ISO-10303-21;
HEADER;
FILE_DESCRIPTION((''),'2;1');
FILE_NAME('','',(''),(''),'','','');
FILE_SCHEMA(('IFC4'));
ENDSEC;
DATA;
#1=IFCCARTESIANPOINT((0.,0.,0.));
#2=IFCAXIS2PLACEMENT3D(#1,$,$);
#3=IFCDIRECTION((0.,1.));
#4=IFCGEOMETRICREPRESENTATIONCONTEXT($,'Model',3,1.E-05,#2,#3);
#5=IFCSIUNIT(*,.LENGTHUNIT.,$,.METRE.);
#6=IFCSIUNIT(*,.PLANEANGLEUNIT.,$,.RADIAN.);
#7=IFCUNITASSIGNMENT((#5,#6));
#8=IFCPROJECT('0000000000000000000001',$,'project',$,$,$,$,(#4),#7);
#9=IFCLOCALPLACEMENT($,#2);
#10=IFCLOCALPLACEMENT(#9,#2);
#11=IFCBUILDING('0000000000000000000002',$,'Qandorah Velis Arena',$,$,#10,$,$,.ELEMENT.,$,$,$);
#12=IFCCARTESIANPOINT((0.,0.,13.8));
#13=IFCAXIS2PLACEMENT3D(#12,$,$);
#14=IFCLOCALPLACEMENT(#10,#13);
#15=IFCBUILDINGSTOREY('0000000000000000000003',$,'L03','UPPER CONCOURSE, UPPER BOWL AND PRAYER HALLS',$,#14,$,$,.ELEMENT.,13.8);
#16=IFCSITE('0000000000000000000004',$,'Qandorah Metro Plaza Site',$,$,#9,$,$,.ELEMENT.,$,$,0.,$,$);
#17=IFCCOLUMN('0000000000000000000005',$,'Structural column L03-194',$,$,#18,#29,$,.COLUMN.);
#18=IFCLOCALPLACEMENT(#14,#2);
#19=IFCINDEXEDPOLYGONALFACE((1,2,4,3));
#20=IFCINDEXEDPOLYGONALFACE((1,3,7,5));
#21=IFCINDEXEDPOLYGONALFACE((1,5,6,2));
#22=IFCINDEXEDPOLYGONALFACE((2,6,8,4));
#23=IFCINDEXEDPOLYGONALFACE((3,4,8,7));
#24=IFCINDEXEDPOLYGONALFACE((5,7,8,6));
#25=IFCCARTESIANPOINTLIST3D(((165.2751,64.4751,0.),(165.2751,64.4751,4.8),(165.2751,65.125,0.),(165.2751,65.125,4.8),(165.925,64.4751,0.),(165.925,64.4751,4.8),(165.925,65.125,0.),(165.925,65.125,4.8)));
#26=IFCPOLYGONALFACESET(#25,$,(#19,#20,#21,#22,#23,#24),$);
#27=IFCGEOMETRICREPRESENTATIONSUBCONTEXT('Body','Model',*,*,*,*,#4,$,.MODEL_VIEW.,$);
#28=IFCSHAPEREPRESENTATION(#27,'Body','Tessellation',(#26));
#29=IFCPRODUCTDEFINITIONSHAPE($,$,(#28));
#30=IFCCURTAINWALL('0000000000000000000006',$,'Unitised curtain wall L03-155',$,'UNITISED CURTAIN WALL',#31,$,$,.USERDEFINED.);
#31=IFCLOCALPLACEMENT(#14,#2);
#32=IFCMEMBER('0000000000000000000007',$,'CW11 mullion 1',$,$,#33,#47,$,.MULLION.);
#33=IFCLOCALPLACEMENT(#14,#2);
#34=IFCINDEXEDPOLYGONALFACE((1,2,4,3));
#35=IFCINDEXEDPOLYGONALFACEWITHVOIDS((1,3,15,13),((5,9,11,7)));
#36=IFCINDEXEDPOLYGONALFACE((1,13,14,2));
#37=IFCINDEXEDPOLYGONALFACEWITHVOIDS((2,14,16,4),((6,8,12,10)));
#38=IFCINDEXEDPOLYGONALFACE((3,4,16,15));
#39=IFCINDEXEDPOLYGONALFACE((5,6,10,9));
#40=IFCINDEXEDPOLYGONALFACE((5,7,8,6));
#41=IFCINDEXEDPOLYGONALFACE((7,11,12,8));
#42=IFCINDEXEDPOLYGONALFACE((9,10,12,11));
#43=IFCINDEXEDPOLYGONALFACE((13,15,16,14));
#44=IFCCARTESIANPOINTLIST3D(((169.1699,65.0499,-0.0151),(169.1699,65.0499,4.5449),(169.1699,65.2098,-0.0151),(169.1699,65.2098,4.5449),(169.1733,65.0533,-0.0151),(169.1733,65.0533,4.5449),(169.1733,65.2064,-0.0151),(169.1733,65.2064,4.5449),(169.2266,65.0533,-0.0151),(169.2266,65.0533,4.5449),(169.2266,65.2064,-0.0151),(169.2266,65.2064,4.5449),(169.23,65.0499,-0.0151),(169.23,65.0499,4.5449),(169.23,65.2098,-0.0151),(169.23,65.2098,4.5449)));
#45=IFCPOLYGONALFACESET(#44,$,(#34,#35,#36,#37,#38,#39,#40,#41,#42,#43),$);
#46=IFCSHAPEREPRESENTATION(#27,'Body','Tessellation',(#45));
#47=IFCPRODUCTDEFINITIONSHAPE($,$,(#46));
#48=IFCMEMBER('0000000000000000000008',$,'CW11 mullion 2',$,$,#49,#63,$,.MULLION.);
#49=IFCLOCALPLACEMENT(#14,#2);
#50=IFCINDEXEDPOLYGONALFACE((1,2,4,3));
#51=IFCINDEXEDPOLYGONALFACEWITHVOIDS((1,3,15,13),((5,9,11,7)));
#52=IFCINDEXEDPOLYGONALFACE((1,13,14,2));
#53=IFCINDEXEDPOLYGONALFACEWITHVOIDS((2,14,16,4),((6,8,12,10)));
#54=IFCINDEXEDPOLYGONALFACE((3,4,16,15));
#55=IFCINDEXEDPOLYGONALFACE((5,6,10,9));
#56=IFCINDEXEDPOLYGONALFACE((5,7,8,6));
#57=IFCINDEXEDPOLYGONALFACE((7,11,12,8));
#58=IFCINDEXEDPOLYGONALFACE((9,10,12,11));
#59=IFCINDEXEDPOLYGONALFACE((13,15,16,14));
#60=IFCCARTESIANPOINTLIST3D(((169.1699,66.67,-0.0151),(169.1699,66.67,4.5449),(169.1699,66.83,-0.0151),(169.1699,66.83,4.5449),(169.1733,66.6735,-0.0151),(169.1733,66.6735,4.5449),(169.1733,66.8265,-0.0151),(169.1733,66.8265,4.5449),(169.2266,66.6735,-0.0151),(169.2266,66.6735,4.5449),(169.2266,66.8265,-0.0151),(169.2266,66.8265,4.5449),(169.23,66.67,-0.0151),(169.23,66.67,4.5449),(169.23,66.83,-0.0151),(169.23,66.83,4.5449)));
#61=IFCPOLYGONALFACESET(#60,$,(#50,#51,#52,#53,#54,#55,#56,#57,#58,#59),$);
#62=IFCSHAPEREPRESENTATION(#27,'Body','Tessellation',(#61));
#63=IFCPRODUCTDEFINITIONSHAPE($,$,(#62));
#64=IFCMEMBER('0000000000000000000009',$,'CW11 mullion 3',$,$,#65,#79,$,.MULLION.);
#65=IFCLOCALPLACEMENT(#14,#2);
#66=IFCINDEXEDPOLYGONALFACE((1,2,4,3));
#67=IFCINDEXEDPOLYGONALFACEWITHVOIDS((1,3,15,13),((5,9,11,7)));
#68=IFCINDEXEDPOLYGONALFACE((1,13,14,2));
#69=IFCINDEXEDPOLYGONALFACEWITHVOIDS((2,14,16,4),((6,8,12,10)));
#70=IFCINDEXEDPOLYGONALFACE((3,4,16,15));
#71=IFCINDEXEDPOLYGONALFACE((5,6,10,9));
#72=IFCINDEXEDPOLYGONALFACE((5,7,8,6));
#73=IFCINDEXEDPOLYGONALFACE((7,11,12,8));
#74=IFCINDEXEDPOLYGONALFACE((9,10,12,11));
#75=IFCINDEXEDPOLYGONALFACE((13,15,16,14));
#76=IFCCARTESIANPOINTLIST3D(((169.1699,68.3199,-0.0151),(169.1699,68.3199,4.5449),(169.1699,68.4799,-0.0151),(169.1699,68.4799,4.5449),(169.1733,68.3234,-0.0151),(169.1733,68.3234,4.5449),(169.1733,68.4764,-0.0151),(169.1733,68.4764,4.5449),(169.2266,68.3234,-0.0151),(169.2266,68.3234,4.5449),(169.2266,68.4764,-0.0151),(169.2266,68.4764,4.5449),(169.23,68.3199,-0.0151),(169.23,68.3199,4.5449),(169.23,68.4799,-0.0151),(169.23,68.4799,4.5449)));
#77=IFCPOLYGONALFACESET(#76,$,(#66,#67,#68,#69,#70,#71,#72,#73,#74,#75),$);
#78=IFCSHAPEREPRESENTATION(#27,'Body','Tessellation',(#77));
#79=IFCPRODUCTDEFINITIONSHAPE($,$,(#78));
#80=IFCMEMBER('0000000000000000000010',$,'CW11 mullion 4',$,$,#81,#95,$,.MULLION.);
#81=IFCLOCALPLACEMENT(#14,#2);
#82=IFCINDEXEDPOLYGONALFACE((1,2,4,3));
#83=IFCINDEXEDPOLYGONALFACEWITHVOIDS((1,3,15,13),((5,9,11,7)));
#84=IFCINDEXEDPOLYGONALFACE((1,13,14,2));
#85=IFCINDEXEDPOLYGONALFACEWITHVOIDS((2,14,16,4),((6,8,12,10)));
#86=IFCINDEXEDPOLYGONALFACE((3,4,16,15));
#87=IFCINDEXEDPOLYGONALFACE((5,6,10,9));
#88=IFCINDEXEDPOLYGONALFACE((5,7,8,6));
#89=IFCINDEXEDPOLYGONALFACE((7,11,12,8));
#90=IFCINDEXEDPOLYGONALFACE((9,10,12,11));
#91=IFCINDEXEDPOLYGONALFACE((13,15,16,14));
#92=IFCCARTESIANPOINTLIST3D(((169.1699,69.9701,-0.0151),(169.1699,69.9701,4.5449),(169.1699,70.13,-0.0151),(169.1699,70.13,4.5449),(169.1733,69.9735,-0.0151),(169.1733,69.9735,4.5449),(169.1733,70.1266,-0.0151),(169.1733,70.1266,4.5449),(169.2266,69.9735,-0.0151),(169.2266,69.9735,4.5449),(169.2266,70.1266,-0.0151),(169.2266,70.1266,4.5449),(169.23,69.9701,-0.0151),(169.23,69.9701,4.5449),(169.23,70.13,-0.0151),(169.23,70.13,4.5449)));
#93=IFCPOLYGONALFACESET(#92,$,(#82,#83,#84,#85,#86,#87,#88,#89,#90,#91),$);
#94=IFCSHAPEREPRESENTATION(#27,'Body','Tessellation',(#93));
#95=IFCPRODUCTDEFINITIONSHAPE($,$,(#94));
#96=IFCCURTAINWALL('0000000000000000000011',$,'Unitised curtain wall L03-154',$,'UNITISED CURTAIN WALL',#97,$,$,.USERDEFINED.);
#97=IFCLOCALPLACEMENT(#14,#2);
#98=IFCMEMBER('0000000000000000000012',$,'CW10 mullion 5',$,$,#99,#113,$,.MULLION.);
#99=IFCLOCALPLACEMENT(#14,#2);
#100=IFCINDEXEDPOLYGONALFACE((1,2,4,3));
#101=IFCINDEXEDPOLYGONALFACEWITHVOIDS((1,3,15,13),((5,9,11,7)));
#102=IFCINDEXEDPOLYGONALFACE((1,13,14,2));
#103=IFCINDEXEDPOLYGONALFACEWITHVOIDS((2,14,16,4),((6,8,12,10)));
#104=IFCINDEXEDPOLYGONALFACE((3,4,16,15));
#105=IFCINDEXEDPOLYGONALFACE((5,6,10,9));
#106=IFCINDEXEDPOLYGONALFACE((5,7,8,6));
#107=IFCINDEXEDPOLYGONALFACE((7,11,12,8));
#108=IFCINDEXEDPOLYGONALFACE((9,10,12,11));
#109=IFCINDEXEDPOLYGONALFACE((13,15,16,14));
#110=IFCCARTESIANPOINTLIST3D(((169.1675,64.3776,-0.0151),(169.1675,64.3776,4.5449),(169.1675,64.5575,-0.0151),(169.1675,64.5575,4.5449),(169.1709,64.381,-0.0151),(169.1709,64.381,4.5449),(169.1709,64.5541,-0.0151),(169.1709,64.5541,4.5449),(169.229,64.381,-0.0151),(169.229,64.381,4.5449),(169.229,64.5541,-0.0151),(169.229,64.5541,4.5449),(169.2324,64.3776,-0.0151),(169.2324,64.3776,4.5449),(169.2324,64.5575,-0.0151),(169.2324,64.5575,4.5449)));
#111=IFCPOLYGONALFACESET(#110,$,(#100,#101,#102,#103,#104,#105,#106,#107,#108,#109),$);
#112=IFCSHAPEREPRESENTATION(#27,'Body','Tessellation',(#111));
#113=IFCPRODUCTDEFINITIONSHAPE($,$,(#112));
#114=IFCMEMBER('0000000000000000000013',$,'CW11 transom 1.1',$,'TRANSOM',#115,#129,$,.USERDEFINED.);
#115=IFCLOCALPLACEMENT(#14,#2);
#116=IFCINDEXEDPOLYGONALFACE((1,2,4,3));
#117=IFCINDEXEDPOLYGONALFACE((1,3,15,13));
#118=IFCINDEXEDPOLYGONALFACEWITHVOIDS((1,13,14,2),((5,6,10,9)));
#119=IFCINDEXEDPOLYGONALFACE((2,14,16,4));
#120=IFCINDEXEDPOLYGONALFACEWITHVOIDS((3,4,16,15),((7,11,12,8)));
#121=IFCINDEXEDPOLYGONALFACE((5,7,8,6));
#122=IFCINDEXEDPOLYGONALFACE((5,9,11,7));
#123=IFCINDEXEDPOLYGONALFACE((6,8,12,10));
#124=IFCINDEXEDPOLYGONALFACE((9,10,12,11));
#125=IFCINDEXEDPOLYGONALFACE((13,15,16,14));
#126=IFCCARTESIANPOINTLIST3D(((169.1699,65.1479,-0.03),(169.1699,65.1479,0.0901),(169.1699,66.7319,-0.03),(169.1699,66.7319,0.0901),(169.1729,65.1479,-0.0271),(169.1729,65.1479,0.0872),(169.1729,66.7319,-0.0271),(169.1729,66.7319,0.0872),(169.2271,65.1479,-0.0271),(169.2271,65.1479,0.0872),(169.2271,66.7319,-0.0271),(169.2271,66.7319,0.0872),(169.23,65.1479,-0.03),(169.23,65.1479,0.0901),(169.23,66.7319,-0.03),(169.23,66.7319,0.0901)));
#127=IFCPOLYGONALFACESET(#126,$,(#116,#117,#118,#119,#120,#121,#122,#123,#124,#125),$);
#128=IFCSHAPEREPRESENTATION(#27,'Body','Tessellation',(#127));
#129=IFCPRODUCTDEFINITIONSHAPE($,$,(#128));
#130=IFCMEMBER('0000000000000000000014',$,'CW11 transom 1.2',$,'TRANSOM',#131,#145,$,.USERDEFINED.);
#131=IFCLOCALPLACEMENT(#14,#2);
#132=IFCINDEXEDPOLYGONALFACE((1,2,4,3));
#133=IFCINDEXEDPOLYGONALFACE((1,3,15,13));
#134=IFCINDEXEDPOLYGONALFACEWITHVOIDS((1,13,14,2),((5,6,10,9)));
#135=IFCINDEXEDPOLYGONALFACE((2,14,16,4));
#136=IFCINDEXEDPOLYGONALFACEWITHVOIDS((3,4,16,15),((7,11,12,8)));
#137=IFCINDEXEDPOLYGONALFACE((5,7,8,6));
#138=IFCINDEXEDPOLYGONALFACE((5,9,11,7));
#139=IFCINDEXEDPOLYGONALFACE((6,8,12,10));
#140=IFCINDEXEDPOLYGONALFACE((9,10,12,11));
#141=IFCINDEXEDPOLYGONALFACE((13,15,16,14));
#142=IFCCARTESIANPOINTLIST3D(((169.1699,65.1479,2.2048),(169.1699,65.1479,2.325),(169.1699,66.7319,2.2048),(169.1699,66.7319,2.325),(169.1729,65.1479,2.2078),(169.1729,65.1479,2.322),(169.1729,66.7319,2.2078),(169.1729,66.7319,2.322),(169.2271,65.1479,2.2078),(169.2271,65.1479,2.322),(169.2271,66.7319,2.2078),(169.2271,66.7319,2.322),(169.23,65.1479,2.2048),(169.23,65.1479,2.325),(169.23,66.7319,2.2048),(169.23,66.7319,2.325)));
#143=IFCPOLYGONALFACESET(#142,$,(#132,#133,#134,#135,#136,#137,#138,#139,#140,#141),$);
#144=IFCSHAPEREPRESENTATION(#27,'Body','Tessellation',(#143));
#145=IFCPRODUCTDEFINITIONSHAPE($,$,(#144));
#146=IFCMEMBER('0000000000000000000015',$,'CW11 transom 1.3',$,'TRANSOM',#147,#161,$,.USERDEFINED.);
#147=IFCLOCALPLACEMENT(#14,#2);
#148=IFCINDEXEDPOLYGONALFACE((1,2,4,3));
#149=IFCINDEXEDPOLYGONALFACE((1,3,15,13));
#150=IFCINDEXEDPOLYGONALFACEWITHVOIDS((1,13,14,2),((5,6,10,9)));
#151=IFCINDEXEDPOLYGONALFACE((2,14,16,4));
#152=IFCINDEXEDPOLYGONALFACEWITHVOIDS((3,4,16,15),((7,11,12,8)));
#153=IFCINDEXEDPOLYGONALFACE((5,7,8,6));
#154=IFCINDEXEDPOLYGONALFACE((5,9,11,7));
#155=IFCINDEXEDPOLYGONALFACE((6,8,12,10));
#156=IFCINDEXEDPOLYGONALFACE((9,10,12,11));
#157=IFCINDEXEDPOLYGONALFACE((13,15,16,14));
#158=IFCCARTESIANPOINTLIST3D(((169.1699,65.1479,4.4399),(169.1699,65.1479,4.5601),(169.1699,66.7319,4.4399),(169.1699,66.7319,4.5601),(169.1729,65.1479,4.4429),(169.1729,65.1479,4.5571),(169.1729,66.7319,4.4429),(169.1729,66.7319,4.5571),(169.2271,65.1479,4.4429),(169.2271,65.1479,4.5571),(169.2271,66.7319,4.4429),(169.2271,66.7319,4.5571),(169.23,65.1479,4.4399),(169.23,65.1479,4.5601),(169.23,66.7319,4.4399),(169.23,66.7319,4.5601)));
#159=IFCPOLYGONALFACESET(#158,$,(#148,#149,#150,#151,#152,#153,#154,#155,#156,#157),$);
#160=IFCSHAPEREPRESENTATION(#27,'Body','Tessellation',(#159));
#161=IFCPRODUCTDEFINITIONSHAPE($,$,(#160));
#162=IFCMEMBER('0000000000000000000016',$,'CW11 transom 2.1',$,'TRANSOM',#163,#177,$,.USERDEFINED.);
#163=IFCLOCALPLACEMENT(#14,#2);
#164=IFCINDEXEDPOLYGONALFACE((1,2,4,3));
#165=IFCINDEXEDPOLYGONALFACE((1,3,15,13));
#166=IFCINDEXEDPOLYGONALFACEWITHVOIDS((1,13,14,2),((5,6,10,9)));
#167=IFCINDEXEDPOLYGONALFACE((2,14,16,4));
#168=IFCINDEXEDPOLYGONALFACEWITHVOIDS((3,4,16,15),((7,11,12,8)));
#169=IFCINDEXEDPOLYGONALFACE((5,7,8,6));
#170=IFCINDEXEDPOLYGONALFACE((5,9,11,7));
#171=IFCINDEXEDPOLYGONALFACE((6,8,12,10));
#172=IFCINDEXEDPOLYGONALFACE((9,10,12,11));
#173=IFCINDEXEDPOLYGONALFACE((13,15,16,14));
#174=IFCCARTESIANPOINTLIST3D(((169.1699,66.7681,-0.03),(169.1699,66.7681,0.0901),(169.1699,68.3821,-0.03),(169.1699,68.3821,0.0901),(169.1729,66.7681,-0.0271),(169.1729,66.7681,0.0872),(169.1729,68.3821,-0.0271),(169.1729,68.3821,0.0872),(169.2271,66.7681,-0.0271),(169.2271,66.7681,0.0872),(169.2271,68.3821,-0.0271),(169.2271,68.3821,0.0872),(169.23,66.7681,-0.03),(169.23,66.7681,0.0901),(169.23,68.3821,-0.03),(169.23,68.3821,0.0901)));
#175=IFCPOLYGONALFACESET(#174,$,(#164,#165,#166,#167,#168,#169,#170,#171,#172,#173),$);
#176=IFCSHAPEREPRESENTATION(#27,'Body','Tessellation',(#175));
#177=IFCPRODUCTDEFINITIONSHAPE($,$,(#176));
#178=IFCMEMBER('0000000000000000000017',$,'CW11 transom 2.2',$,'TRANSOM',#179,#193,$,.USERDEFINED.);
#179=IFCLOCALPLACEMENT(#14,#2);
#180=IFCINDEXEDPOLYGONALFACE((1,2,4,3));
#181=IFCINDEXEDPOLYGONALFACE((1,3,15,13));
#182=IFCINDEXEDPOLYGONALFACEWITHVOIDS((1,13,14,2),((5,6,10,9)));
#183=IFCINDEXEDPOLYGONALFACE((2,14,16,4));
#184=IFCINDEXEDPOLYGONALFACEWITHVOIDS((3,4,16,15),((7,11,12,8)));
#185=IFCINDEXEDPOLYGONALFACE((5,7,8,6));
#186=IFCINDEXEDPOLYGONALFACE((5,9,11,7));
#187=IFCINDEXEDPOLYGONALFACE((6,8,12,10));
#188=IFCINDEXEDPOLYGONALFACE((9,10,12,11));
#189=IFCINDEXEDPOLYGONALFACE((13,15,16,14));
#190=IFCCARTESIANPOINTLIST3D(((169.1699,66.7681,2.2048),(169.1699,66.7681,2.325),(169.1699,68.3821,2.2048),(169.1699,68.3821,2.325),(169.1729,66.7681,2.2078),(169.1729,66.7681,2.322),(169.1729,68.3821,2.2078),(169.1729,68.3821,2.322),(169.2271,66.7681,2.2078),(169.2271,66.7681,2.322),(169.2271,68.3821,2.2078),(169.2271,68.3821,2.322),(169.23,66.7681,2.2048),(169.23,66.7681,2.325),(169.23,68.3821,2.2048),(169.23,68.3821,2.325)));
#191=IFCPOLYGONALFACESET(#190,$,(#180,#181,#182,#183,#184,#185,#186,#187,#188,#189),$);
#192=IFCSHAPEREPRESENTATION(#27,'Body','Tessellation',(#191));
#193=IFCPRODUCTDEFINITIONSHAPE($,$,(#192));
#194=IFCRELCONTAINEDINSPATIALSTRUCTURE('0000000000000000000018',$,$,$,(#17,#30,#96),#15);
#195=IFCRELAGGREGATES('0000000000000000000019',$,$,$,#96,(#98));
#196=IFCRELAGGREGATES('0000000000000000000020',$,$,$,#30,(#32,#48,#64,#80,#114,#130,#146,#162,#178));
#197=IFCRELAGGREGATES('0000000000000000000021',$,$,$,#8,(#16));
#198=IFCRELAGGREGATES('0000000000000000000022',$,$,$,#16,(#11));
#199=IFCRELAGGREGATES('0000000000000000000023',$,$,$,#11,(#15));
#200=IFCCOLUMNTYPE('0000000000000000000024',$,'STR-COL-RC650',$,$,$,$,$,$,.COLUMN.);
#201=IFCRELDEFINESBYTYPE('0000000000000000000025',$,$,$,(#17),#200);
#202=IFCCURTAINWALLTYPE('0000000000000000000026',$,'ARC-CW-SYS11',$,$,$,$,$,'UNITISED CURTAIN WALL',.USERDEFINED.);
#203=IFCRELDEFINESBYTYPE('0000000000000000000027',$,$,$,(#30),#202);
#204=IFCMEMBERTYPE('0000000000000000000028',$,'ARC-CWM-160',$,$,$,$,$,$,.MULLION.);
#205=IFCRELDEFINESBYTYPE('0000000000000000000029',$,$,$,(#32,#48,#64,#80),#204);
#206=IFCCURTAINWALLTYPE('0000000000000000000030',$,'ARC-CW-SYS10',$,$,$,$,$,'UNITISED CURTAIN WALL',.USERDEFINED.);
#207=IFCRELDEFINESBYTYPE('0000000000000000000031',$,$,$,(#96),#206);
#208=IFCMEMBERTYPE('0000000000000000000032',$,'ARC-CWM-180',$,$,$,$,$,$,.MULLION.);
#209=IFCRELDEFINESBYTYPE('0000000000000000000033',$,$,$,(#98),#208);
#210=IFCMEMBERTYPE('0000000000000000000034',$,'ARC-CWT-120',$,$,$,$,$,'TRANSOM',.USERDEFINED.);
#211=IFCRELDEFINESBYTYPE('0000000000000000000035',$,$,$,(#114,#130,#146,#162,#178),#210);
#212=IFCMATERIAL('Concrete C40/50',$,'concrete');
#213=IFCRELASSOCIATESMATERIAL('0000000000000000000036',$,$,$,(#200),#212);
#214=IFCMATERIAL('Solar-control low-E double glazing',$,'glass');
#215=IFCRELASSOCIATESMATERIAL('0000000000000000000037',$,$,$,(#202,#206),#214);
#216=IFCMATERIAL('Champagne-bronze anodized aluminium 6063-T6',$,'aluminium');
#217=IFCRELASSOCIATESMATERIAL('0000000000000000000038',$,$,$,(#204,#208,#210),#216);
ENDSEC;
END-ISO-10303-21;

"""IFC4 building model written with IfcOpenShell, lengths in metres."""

from ifc_helpers import new_model, si_unit, direction, frame, origin, origin_2d, place, context, subcontext, project, spatial, rectangle, hollow_rectangle, extrude, material, material_profile, profile_set, type_object, element, aggregate, save


model = new_model("IFC4")

# Units and contexts
model_context = context("Model", 3, precision=1e-05, world=origin(), true_north=direction((0.0, 1.0)))
body_context = subcontext(model_context, "Body", "Model", "MODEL_VIEW")
ifc_project = project(units=[si_unit("LENGTHUNIT", "METRE"), si_unit("PLANEANGLEUNIT", "RADIAN")], contexts=[model_context])

# Site, building, storey
site_placement = place(None, origin())
site = spatial("IfcSite", under=ifc_project, at=site_placement, Name="Qandorah Metro Plaza Site", CompositionType="ELEMENT", RefElevation=0.0)
building_placement = place(site_placement, origin())
building = spatial("IfcBuilding", under=site, at=building_placement, Name="Qandorah Velis Arena", CompositionType="ELEMENT")
storey_placement = place(building_placement, frame((0.0, 0.0, 13.8)))
storey = spatial("IfcBuildingStorey", under=building, at=storey_placement, Name="L03", Description="UPPER CONCOURSE, UPPER BOWL AND PRAYER HALLS", CompositionType="ELEMENT", Elevation=13.8)

# Column
ifc_material_1 = material(Name="Concrete C40/50", Category="concrete")
ifc_material_profile_1 = material_profile(ifc_material_1, rectangle(XDim=0.6499, YDim=0.6499, at=origin_2d()), Name="RC COL 650x650")
ifc_profile_set_1 = profile_set([ifc_material_profile_1], Name="Concrete C40/50")
column_type = type_object("IfcColumnType", Name="STR-COL-RC650", PredefinedType="COLUMN", material=ifc_profile_set_1)
column_placement = place(storey_placement, frame((165.6001, 64.8, 0.0), z_axis=(0.0, 0.0, 1.0), x_axis=(1.0, 0.0, 0.0)))
element("IfcColumn", 1, at=column_placement, inside=storey, type_object=column_type, Name="Structural column L03-194", PredefinedType="COLUMN", context=body_context, shape_type="SweptSolid", body=[
    extrude(rectangle(XDim=0.6499, YDim=0.6499, at=origin_2d()), origin(), (0.0, 0.0, 1.0), 4.8),
])

# Curtain wall, members
ifc_material_2 = material(Name="Solar-control low-E double glazing", Category="glass")
curtain_wall_type_1 = type_object("IfcCurtainWallType", Name="ARC-CW-SYS11", ElementType="UNITISED CURTAIN WALL", PredefinedType="USERDEFINED", material=ifc_material_2)
curtain_wall_1_placement = place(storey_placement, origin())
curtain_wall_1 = element("IfcCurtainWall", 2, at=curtain_wall_1_placement, inside=storey, type_object=curtain_wall_type_1, Name="Unitised curtain wall L03-155", ObjectType="UNITISED CURTAIN WALL", PredefinedType="USERDEFINED")
ifc_material_3 = material(Name="Champagne-bronze anodized aluminium 6063-T6", Category="aluminium")
ifc_material_profile_2 = material_profile(ifc_material_3, hollow_rectangle(XDim=0.0601, YDim=0.1599, WallThickness=0.0034, at=origin_2d()), Name="ALU MULLION 60x160")
ifc_profile_set_2 = profile_set([ifc_material_profile_2], Name="Champagne-bronze anodized aluminium 6063-T6")
member_type_1 = type_object("IfcMemberType", Name="ARC-CWM-160", PredefinedType="MULLION", material=ifc_profile_set_2)
member_1_placement = place(storey_placement, frame((169.2, 65.1299, -0.0151), z_axis=(0.0, 0.0, 1.0), x_axis=(-1.0, 0.0, 0.0)))
member_1 = element("IfcMember", 3, at=member_1_placement, type_object=member_type_1, Name="CW11 mullion 1", PredefinedType="MULLION", context=body_context, shape_type="SweptSolid", body=[
    extrude(hollow_rectangle(XDim=0.0601, YDim=0.1599, WallThickness=0.0034, at=origin_2d()), origin(), (0.0, 0.0, 1.0), 4.5601),
])
member_2_placement = place(storey_placement, frame((169.2, 66.75, -0.0151), z_axis=(0.0, 0.0, 1.0), x_axis=(-1.0, 0.0, 0.0)))
member_2 = element("IfcMember", 4, at=member_2_placement, type_object=member_type_1, Name="CW11 mullion 2", PredefinedType="MULLION", context=body_context, shape_type="SweptSolid", body=[
    extrude(hollow_rectangle(XDim=0.0601, YDim=0.1599, WallThickness=0.0034, at=origin_2d()), origin(), (0.0, 0.0, 1.0), 4.5601),
])
member_3_placement = place(storey_placement, frame((169.2, 68.3999, -0.0151), z_axis=(0.0, 0.0, 1.0), x_axis=(-1.0, 0.0, 0.0)))
member_3 = element("IfcMember", 5, at=member_3_placement, type_object=member_type_1, Name="CW11 mullion 3", PredefinedType="MULLION", context=body_context, shape_type="SweptSolid", body=[
    extrude(hollow_rectangle(XDim=0.0601, YDim=0.1599, WallThickness=0.0034, at=origin_2d()), origin(), (0.0, 0.0, 1.0), 4.5601),
])
member_4_placement = place(storey_placement, frame((169.2, 70.05, -0.0151), z_axis=(0.0, 0.0, 1.0), x_axis=(-1.0, 0.0, 0.0)))
member_4 = element("IfcMember", 6, at=member_4_placement, type_object=member_type_1, Name="CW11 mullion 4", PredefinedType="MULLION", context=body_context, shape_type="SweptSolid", body=[
    extrude(hollow_rectangle(XDim=0.0601, YDim=0.1599, WallThickness=0.0034, at=origin_2d()), origin(), (0.0, 0.0, 1.0), 4.5601),
])

# Curtain wall, member
curtain_wall_type_2 = type_object("IfcCurtainWallType", Name="ARC-CW-SYS10", ElementType="UNITISED CURTAIN WALL", PredefinedType="USERDEFINED", material=ifc_material_2)
curtain_wall_2_placement = place(storey_placement, origin())
curtain_wall_2 = element("IfcCurtainWall", 7, at=curtain_wall_2_placement, inside=storey, type_object=curtain_wall_type_2, Name="Unitised curtain wall L03-154", ObjectType="UNITISED CURTAIN WALL", PredefinedType="USERDEFINED")
ifc_material_profile_3 = material_profile(ifc_material_3, hollow_rectangle(XDim=0.0649, YDim=0.1799, WallThickness=0.0034, at=origin_2d()), Name="ALU MULLION 65x180")
ifc_profile_set_3 = profile_set([ifc_material_profile_3], Name="Champagne-bronze anodized aluminium 6063-T6")
member_type_2 = type_object("IfcMemberType", Name="ARC-CWM-180", PredefinedType="MULLION", material=ifc_profile_set_3)
member_5_placement = place(storey_placement, frame((169.2, 64.4675, -0.0151), z_axis=(0.0, 0.0, 1.0), x_axis=(-1.0, 0.0, 0.0)))
member_5 = element("IfcMember", 8, at=member_5_placement, type_object=member_type_2, Name="CW10 mullion 5", PredefinedType="MULLION", context=body_context, shape_type="SweptSolid", body=[
    extrude(hollow_rectangle(XDim=0.0649, YDim=0.1799, WallThickness=0.0034, at=origin_2d()), origin(), (0.0, 0.0, 1.0), 4.5601),
])
aggregate(curtain_wall_2, [member_5])

# Members
ifc_material_profile_4 = material_profile(ifc_material_3, hollow_rectangle(XDim=0.0601, YDim=0.1201, WallThickness=0.0029, at=origin_2d()), Name="ALU TRANSOM 60x120")
ifc_profile_set_4 = profile_set([ifc_material_profile_4], Name="Champagne-bronze anodized aluminium 6063-T6")
member_type_3 = type_object("IfcMemberType", Name="ARC-CWT-120", ElementType="TRANSOM", PredefinedType="USERDEFINED", material=ifc_profile_set_4)
member_6_placement = place(storey_placement, frame((169.2, 65.1479, 0.03), z_axis=(0.0, 1.0, 0.0), x_axis=(-1.0, 0.0, 0.0)))
member_6 = element("IfcMember", 9, at=member_6_placement, type_object=member_type_3, Name="CW11 transom 1.1", ObjectType="TRANSOM", PredefinedType="USERDEFINED", context=body_context, shape_type="SweptSolid", body=[
    extrude(hollow_rectangle(XDim=0.0601, YDim=0.1201, WallThickness=0.0029, at=origin_2d()), origin(), (0.0, 0.0, 1.0), 1.584),
])
member_7_placement = place(storey_placement, frame((169.2, 65.1479, 2.2649), z_axis=(0.0, 1.0, 0.0), x_axis=(-1.0, 0.0, 0.0)))
member_7 = element("IfcMember", 10, at=member_7_placement, type_object=member_type_3, Name="CW11 transom 1.2", ObjectType="TRANSOM", PredefinedType="USERDEFINED", context=body_context, shape_type="SweptSolid", body=[
    extrude(hollow_rectangle(XDim=0.0601, YDim=0.1201, WallThickness=0.0029, at=origin_2d()), origin(), (0.0, 0.0, 1.0), 1.584),
])
member_8_placement = place(storey_placement, frame((169.2, 65.1479, 4.5), z_axis=(0.0, 1.0, 0.0), x_axis=(-1.0, 0.0, 0.0)))
member_8 = element("IfcMember", 11, at=member_8_placement, type_object=member_type_3, Name="CW11 transom 1.3", ObjectType="TRANSOM", PredefinedType="USERDEFINED", context=body_context, shape_type="SweptSolid", body=[
    extrude(hollow_rectangle(XDim=0.0601, YDim=0.1201, WallThickness=0.0029, at=origin_2d()), origin(), (0.0, 0.0, 1.0), 1.584),
])
member_9_placement = place(storey_placement, frame((169.2, 66.7681, 0.03), z_axis=(0.0, 1.0, 0.0), x_axis=(-1.0, 0.0, 0.0)))
member_9 = element("IfcMember", 12, at=member_9_placement, type_object=member_type_3, Name="CW11 transom 2.1", ObjectType="TRANSOM", PredefinedType="USERDEFINED", context=body_context, shape_type="SweptSolid", body=[
    extrude(hollow_rectangle(XDim=0.0601, YDim=0.1201, WallThickness=0.0029, at=origin_2d()), origin(), (0.0, 0.0, 1.0), 1.614),
])
member_10_placement = place(storey_placement, frame((169.2, 66.7681, 2.2649), z_axis=(0.0, 1.0, 0.0), x_axis=(-1.0, 0.0, 0.0)))
member_10 = element("IfcMember", 13, at=member_10_placement, type_object=member_type_3, Name="CW11 transom 2.2", ObjectType="TRANSOM", PredefinedType="USERDEFINED", context=body_context, shape_type="SweptSolid", body=[
    extrude(hollow_rectangle(XDim=0.0601, YDim=0.1201, WallThickness=0.0029, at=origin_2d()), origin(), (0.0, 0.0, 1.0), 1.614),
])

aggregate(curtain_wall_1, [member_1, member_2, member_3, member_4, member_6, member_7, member_8, member_9, member_10])

save(model, "model.ifc")
